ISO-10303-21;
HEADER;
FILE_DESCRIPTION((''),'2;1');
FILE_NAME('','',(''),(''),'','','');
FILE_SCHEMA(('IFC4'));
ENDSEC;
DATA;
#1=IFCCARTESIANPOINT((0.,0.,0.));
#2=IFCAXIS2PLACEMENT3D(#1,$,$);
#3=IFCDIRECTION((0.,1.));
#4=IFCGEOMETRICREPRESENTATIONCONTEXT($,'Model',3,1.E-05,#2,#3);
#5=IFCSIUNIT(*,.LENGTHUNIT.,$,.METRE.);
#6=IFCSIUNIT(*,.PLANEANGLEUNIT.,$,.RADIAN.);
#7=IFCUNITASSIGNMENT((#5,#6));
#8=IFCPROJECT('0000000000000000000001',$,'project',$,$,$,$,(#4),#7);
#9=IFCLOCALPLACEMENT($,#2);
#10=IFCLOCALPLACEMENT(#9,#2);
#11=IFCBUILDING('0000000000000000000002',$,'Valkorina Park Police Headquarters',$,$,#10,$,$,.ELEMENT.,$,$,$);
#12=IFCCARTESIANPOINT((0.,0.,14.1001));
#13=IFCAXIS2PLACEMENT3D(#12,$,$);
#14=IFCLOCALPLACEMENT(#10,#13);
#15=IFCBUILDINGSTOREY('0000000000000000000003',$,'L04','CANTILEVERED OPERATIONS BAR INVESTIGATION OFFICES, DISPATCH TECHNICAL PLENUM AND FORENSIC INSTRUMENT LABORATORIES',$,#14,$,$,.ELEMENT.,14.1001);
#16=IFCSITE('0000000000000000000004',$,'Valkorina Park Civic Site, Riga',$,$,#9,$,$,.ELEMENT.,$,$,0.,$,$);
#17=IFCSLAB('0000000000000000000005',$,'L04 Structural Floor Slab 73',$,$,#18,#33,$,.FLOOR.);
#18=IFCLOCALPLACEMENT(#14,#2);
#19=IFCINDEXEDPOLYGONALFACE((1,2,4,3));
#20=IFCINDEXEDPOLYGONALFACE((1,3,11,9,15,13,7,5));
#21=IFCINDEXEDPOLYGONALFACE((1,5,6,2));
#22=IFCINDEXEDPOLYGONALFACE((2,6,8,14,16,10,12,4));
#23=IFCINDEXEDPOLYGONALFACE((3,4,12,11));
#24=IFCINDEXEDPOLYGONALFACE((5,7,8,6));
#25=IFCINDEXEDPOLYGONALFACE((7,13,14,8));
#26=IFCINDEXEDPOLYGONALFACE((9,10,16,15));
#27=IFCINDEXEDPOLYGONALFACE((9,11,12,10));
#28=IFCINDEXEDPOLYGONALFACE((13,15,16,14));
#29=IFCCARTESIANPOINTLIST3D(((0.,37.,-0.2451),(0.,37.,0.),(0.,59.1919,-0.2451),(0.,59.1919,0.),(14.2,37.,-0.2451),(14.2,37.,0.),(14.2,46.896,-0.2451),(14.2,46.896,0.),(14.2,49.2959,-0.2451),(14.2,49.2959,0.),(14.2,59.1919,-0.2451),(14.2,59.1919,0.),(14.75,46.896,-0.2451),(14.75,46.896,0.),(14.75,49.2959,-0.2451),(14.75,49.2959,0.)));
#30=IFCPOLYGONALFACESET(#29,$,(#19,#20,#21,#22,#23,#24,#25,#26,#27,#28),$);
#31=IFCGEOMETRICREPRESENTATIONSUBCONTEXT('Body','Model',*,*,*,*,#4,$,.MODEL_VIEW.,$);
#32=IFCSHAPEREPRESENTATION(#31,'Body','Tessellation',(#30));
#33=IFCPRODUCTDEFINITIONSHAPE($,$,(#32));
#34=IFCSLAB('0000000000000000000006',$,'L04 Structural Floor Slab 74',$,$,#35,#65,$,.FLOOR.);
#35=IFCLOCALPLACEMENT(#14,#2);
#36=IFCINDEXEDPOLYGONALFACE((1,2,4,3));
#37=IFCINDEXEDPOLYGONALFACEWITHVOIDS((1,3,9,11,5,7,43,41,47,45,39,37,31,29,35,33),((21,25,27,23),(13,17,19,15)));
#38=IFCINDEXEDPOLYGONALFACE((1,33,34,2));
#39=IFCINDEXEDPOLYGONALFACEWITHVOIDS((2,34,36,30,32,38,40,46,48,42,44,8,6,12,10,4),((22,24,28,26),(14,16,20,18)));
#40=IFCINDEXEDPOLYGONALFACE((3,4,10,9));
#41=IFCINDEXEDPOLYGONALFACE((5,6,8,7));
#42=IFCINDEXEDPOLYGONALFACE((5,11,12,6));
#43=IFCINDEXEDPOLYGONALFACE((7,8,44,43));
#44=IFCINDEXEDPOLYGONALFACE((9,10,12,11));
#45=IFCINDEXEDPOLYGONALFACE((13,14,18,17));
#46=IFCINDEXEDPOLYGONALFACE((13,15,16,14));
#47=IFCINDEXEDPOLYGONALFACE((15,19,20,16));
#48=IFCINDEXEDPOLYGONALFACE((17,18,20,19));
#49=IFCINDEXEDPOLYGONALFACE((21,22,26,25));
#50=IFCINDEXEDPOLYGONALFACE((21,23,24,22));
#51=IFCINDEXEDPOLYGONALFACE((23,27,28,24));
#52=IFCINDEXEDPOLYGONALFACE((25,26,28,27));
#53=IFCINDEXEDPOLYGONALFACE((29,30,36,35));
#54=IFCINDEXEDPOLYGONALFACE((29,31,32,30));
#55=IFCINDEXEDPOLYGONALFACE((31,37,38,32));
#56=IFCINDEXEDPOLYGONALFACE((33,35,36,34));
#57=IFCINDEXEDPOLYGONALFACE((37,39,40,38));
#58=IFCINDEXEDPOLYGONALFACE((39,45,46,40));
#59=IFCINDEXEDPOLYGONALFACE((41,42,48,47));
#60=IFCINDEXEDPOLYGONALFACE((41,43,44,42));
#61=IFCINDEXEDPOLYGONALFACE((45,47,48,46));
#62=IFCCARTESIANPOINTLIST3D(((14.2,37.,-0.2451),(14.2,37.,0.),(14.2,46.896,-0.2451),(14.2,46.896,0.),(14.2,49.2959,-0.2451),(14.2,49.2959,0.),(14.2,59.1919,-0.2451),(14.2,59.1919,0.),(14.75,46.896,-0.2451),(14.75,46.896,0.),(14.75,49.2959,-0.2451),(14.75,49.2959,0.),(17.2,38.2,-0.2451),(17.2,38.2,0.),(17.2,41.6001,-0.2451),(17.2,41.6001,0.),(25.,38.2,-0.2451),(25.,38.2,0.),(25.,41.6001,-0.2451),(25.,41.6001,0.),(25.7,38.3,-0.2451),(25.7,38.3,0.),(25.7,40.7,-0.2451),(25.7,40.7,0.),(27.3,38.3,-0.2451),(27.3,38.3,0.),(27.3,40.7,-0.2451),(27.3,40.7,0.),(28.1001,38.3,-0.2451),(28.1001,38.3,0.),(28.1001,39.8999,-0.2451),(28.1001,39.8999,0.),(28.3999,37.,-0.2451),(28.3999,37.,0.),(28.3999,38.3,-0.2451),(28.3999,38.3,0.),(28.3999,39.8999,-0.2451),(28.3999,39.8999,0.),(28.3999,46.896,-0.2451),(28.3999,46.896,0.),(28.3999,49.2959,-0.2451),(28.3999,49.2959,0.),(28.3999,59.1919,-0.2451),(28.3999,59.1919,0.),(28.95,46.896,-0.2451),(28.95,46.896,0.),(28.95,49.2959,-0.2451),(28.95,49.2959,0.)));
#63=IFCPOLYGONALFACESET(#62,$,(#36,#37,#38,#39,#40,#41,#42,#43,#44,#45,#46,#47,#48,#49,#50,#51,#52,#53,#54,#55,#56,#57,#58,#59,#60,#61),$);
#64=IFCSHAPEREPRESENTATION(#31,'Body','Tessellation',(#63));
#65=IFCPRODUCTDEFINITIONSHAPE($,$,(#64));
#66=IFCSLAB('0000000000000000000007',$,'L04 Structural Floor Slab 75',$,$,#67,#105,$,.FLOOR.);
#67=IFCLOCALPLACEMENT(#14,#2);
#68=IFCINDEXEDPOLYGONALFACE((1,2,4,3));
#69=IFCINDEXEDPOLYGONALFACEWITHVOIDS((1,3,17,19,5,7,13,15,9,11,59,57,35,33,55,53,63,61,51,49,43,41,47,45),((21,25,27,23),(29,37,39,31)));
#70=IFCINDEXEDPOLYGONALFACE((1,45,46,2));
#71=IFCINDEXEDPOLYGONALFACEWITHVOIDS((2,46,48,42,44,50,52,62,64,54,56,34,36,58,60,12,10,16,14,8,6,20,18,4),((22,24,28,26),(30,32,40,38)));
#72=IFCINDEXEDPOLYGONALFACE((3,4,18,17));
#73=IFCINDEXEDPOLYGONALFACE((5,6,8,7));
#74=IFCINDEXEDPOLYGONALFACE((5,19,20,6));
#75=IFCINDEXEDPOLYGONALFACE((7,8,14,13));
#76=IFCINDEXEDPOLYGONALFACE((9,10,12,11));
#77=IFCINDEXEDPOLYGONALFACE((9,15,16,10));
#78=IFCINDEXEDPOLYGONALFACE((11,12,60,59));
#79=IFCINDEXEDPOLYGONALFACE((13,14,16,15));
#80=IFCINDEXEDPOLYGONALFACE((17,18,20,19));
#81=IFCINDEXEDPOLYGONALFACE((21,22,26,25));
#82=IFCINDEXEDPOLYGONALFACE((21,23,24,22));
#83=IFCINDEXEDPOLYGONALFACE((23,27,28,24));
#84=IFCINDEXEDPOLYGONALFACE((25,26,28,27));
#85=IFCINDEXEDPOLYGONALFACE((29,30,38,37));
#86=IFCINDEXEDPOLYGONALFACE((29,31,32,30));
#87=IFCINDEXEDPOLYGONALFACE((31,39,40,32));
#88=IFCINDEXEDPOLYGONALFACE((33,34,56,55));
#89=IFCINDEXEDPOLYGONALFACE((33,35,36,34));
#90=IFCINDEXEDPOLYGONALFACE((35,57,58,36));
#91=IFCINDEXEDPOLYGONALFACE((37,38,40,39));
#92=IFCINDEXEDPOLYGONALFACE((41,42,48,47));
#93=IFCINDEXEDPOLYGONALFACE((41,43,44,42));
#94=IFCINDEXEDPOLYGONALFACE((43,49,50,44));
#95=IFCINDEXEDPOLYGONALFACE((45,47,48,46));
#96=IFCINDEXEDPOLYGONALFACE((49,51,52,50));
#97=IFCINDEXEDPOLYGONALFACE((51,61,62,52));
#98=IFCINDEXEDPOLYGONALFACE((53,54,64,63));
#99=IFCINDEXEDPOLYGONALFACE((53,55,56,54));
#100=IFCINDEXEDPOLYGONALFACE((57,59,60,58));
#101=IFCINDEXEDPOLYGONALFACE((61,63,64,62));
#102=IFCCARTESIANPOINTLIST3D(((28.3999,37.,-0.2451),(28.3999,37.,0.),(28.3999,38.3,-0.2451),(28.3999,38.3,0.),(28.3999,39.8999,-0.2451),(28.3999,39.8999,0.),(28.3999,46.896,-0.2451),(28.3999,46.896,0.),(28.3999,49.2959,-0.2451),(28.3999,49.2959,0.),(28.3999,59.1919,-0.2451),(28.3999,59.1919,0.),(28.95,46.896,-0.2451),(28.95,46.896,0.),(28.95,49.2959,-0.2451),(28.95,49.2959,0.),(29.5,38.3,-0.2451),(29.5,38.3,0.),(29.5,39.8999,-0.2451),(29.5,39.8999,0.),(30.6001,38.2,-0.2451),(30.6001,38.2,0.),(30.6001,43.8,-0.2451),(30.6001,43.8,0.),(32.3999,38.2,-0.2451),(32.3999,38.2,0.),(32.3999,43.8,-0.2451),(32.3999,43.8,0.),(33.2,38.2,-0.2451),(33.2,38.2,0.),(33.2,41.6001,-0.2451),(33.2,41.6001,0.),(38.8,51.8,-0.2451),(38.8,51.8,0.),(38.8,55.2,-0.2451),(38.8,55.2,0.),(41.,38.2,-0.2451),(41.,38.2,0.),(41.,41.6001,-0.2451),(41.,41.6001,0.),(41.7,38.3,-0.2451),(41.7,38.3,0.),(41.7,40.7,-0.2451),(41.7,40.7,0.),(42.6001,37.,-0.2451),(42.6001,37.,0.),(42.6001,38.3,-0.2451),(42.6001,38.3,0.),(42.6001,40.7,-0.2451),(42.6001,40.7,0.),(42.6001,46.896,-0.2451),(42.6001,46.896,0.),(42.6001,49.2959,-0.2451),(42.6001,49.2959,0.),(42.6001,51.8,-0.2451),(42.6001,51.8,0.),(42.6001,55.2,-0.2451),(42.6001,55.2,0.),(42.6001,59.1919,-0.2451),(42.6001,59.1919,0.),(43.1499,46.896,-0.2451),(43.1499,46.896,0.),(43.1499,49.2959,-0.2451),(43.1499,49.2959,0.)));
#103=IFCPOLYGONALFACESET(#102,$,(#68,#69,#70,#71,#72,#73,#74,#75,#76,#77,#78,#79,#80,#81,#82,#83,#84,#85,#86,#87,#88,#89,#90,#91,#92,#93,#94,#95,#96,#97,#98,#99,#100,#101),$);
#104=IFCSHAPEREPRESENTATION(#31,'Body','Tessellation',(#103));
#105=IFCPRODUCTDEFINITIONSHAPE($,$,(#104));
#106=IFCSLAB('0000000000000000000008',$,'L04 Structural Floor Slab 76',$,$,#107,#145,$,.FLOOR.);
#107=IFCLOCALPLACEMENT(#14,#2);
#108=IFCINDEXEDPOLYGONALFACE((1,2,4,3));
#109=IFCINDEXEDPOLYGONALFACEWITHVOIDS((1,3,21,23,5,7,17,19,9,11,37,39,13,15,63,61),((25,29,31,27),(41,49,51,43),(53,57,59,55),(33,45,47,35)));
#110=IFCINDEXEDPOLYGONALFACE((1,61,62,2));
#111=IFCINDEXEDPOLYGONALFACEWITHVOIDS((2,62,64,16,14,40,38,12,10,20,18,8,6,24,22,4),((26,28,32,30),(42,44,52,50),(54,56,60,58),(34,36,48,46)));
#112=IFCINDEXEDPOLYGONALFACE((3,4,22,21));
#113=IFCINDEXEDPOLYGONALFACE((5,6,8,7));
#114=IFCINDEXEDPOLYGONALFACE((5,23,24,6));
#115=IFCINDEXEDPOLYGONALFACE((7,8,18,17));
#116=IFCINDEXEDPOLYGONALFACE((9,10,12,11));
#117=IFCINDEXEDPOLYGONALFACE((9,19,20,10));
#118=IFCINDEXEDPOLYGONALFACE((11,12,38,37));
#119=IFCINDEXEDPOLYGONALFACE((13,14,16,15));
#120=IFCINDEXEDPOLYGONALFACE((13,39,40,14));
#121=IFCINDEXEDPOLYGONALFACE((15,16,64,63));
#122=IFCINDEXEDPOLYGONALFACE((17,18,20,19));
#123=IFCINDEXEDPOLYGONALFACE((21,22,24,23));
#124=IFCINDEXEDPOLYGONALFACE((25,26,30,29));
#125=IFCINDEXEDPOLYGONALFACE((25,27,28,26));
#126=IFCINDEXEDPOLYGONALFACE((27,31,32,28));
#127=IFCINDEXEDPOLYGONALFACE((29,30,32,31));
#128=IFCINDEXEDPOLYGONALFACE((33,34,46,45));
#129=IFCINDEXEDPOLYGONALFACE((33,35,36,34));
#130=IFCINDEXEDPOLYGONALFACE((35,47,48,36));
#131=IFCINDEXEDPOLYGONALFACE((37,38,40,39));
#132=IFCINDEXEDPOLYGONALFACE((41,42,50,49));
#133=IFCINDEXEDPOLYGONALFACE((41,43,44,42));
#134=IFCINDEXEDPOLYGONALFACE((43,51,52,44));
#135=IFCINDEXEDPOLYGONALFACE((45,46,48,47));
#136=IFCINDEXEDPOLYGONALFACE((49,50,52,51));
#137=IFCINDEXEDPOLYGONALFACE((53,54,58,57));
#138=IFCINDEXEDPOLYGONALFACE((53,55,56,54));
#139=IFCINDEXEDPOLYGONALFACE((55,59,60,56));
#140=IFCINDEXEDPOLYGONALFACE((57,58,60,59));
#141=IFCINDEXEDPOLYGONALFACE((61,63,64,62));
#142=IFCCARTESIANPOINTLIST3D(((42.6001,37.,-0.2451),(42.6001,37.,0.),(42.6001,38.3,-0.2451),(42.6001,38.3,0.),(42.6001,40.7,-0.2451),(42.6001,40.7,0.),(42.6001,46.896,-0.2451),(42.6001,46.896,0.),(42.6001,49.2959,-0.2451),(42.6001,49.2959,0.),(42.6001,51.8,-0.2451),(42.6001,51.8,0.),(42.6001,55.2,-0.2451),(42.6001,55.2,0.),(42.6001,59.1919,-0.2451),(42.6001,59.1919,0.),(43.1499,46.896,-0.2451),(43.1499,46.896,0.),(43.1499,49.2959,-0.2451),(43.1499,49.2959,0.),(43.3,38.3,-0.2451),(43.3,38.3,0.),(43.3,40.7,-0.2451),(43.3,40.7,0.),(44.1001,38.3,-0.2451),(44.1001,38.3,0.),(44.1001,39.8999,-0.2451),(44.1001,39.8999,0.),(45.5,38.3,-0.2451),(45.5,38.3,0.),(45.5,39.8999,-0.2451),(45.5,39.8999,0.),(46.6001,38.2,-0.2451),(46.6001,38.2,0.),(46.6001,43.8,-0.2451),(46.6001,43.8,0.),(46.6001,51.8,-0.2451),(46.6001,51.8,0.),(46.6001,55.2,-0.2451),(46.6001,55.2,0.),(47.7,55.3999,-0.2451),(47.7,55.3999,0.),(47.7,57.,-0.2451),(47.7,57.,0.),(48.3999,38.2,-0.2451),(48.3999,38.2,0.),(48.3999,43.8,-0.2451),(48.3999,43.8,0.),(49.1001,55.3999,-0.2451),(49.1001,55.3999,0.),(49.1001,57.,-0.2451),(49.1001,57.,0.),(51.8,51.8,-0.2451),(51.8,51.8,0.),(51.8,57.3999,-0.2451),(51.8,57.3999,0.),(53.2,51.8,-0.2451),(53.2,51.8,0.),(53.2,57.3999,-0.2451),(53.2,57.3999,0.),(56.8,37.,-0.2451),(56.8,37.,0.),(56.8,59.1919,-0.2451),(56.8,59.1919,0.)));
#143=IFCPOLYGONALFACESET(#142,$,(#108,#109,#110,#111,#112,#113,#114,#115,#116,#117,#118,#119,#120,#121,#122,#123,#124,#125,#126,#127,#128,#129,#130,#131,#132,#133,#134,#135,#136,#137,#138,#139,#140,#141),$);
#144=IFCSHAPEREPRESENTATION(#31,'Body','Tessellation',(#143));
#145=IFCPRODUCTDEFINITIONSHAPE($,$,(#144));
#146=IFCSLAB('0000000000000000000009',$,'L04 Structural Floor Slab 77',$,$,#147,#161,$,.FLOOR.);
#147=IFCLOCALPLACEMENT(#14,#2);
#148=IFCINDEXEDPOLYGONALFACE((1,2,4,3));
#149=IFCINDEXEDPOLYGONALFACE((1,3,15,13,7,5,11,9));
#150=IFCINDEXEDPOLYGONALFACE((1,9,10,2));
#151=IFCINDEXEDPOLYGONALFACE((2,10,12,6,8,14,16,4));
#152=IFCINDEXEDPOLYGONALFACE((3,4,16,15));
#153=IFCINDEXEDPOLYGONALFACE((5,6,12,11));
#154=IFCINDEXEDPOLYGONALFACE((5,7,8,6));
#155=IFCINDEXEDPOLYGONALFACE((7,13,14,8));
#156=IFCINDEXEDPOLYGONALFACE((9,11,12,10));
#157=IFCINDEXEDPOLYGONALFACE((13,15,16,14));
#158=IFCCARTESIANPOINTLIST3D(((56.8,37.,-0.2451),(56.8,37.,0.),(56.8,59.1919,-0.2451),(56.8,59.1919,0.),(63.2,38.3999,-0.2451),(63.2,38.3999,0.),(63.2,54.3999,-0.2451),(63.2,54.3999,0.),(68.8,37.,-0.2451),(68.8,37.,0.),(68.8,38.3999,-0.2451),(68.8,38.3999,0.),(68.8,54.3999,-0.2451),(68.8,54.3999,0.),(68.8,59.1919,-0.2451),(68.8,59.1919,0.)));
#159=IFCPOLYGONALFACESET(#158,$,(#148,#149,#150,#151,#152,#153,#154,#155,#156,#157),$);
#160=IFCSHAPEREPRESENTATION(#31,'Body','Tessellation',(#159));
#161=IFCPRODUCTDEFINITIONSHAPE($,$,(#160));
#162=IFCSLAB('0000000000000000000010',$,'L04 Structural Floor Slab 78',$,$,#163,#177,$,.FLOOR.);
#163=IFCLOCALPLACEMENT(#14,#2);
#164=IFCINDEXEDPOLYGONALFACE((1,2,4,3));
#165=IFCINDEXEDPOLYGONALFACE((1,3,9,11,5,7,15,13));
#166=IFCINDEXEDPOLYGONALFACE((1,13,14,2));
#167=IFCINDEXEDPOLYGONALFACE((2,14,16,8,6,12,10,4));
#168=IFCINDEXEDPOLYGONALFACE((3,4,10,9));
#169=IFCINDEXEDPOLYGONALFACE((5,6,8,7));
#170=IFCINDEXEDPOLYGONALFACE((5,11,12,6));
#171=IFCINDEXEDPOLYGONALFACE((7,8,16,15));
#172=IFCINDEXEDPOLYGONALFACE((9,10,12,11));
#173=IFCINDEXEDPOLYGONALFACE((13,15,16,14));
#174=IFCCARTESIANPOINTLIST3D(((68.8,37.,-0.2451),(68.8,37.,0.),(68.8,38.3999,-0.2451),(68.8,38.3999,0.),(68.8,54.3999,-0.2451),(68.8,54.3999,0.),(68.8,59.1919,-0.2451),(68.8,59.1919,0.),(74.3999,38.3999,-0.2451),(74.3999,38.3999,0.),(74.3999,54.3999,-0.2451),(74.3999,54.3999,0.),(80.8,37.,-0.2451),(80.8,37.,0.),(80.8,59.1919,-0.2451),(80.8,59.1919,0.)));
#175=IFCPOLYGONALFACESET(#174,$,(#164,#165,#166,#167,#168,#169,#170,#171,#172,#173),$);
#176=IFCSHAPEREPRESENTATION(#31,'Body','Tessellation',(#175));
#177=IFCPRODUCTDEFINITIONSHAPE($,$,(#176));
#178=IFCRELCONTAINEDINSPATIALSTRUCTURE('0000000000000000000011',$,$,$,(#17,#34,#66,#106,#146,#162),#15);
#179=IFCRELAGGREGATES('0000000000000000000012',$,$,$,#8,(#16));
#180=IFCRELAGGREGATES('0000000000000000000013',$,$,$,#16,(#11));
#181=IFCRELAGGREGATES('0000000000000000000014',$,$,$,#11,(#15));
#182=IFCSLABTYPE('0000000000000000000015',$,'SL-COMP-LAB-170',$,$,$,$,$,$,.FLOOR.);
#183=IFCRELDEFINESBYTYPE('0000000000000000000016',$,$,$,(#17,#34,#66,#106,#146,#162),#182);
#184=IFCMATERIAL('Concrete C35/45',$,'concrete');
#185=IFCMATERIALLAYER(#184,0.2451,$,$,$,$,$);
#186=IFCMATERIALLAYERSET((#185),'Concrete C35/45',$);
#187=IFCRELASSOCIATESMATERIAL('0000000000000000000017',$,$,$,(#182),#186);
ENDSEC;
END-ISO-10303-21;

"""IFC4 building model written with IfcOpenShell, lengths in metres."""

from ifc_helpers import new_model, si_unit, direction, frame, origin, place, context, subcontext, project, spatial, polyline, outline, extrude, material, layer, layer_set, type_object, element, save


model = new_model("IFC4")

# Units and contexts
model_context = context("Model", 3, precision=1e-05, world=origin(), true_north=direction((0.0, 1.0)))
body_context = subcontext(model_context, "Body", "Model", "MODEL_VIEW")
ifc_project = project(units=[si_unit("LENGTHUNIT", "METRE"), si_unit("PLANEANGLEUNIT", "RADIAN")], contexts=[model_context])

# Site, building, storey
site_placement = place(None, origin())
site = spatial("IfcSite", under=ifc_project, at=site_placement, Name="Valkorina Park Civic Site, Riga", CompositionType="ELEMENT", RefElevation=0.0)
building_placement = place(site_placement, origin())
building = spatial("IfcBuilding", under=site, at=building_placement, Name="Valkorina Park Police Headquarters", CompositionType="ELEMENT")
storey_placement = place(building_placement, frame((0.0, 0.0, 14.1001)))
storey = spatial("IfcBuildingStorey", under=building, at=storey_placement, Name="L04", Description="CANTILEVERED OPERATIONS BAR INVESTIGATION OFFICES, DISPATCH TECHNICAL PLENUM AND FORENSIC INSTRUMENT LABORATORIES", CompositionType="ELEMENT", Elevation=14.1001)

# Slabs
ifc_material_1 = material(Name="Concrete C35/45", Category="concrete")
ifc_layer_1 = layer(ifc_material_1, 0.2451)
ifc_layer_set_1 = layer_set([ifc_layer_1], Name="Concrete C35/45")
slab_type_1 = type_object("IfcSlabType", Name="SL-COMP-LAB-170", PredefinedType="FLOOR", material=ifc_layer_set_1)
slab_1_placement = place(storey_placement, frame((0.0, 0.0, -0.2451)))
element("IfcSlab", 1, at=slab_1_placement, inside=storey, type_object=slab_type_1, Name="L04 Structural Floor Slab 73", PredefinedType="FLOOR", context=body_context, shape_type="SweptSolid", body=[
    extrude(outline(polyline([(14.75, 49.2959), (14.2, 49.2959), (14.2, 59.1919), (0.0, 59.1919), (0.0, 37.0), (14.2, 37.0), (14.2, 46.896), (14.75, 46.896), (14.75, 49.2959)])), origin(), (0.0, 0.0, 1.0), 0.2451),
])
slab_2_placement = place(storey_placement, frame((0.0, 0.0, -0.2451)))
element("IfcSlab", 2, at=slab_2_placement, inside=storey, type_object=slab_type_1, Name="L04 Structural Floor Slab 74", PredefinedType="FLOOR", context=body_context, shape_type="SweptSolid", body=[
    extrude(outline(polyline([(28.95, 49.2959), (28.3999, 49.2959), (28.3999, 59.1919), (14.2, 59.1919), (14.2, 49.2959), (14.75, 49.2959), (14.75, 46.896), (14.2, 46.896), (14.2, 37.0), (28.3999, 37.0), (28.3999, 38.3), (28.1001, 38.3), (28.1001, 39.8999), (28.3999, 39.8999), (28.3999, 46.896), (28.95, 46.896), (28.95, 49.2959)]), holes=[polyline([(27.3, 38.3), (25.7, 38.3), (25.7, 40.7), (27.3, 40.7), (27.3, 38.3)]), polyline([(17.2, 38.2), (17.2, 41.6001), (25.0, 41.6001), (25.0, 38.2), (17.2, 38.2)])]), origin(), (0.0, 0.0, 1.0), 0.2451),
])
slab_3_placement = place(storey_placement, frame((0.0, 0.0, -0.2451)))
element("IfcSlab", 3, at=slab_3_placement, inside=storey, type_object=slab_type_1, Name="L04 Structural Floor Slab 75", PredefinedType="FLOOR", context=body_context, shape_type="SweptSolid", body=[
    extrude(outline(polyline([(43.1499, 49.2959), (42.6001, 49.2959), (42.6001, 51.8), (38.8, 51.8), (38.8, 55.2), (42.6001, 55.2), (42.6001, 59.1919), (28.3999, 59.1919), (28.3999, 49.2959), (28.95, 49.2959), (28.95, 46.896), (28.3999, 46.896), (28.3999, 39.8999), (29.5, 39.8999), (29.5, 38.3), (28.3999, 38.3), (28.3999, 37.0), (42.6001, 37.0), (42.6001, 38.3), (41.7, 38.3), (41.7, 40.7), (42.6001, 40.7), (42.6001, 46.896), (43.1499, 46.896), (43.1499, 49.2959)]), holes=[polyline([(33.2, 38.2), (33.2, 41.6001), (41.0, 41.6001), (41.0, 38.2), (33.2, 38.2)]), polyline([(32.3999, 38.2), (30.6001, 38.2), (30.6001, 43.8), (32.3999, 43.8), (32.3999, 38.2)])]), origin(), (0.0, 0.0, 1.0), 0.2451),
])
slab_4_placement = place(storey_placement, frame((0.0, 0.0, -0.2451)))
element("IfcSlab", 4, at=slab_4_placement, inside=storey, type_object=slab_type_1, Name="L04 Structural Floor Slab 76", PredefinedType="FLOOR", context=body_context, shape_type="SweptSolid", body=[
    extrude(outline(polyline([(42.6001, 59.1919), (42.6001, 55.2), (46.6001, 55.2), (46.6001, 51.8), (42.6001, 51.8), (42.6001, 49.2959), (43.1499, 49.2959), (43.1499, 46.896), (42.6001, 46.896), (42.6001, 40.7), (43.3, 40.7), (43.3, 38.3), (42.6001, 38.3), (42.6001, 37.0), (56.8, 37.0), (56.8, 59.1919), (42.6001, 59.1919)]), holes=[polyline([(45.5, 38.3), (44.1001, 38.3), (44.1001, 39.8999), (45.5, 39.8999), (45.5, 38.3)]), polyline([(46.6001, 38.2), (46.6001, 43.8), (48.3999, 43.8), (48.3999, 38.2), (46.6001, 38.2)]), polyline([(53.2, 51.8), (51.8, 51.8), (51.8, 57.3999), (53.2, 57.3999), (53.2, 51.8)]), polyline([(49.1001, 55.3999), (47.7, 55.3999), (47.7, 57.0), (49.1001, 57.0), (49.1001, 55.3999)])]), origin(), (0.0, 0.0, 1.0), 0.2451),
])
slab_5_placement = place(storey_placement, frame((0.0, 0.0, -0.2451)))
element("IfcSlab", 5, at=slab_5_placement, inside=storey, type_object=slab_type_1, Name="L04 Structural Floor Slab 77", PredefinedType="FLOOR", context=body_context, shape_type="SweptSolid", body=[
    extrude(outline(polyline([(68.8, 38.3999), (63.2, 38.3999), (63.2, 54.3999), (68.8, 54.3999), (68.8, 59.1919), (56.8, 59.1919), (56.8, 37.0), (68.8, 37.0), (68.8, 38.3999)])), origin(), (0.0, 0.0, 1.0), 0.2451),
])
slab_6_placement = place(storey_placement, frame((0.0, 0.0, -0.2451)))
element("IfcSlab", 6, at=slab_6_placement, inside=storey, type_object=slab_type_1, Name="L04 Structural Floor Slab 78", PredefinedType="FLOOR", context=body_context, shape_type="SweptSolid", body=[
    extrude(outline(polyline([(68.8, 59.1919), (68.8, 54.3999), (74.3999, 54.3999), (74.3999, 38.3999), (68.8, 38.3999), (68.8, 37.0), (80.8, 37.0), (80.8, 59.1919), (68.8, 59.1919)])), origin(), (0.0, 0.0, 1.0), 0.2451),
])

save(model, "model.ifc")
